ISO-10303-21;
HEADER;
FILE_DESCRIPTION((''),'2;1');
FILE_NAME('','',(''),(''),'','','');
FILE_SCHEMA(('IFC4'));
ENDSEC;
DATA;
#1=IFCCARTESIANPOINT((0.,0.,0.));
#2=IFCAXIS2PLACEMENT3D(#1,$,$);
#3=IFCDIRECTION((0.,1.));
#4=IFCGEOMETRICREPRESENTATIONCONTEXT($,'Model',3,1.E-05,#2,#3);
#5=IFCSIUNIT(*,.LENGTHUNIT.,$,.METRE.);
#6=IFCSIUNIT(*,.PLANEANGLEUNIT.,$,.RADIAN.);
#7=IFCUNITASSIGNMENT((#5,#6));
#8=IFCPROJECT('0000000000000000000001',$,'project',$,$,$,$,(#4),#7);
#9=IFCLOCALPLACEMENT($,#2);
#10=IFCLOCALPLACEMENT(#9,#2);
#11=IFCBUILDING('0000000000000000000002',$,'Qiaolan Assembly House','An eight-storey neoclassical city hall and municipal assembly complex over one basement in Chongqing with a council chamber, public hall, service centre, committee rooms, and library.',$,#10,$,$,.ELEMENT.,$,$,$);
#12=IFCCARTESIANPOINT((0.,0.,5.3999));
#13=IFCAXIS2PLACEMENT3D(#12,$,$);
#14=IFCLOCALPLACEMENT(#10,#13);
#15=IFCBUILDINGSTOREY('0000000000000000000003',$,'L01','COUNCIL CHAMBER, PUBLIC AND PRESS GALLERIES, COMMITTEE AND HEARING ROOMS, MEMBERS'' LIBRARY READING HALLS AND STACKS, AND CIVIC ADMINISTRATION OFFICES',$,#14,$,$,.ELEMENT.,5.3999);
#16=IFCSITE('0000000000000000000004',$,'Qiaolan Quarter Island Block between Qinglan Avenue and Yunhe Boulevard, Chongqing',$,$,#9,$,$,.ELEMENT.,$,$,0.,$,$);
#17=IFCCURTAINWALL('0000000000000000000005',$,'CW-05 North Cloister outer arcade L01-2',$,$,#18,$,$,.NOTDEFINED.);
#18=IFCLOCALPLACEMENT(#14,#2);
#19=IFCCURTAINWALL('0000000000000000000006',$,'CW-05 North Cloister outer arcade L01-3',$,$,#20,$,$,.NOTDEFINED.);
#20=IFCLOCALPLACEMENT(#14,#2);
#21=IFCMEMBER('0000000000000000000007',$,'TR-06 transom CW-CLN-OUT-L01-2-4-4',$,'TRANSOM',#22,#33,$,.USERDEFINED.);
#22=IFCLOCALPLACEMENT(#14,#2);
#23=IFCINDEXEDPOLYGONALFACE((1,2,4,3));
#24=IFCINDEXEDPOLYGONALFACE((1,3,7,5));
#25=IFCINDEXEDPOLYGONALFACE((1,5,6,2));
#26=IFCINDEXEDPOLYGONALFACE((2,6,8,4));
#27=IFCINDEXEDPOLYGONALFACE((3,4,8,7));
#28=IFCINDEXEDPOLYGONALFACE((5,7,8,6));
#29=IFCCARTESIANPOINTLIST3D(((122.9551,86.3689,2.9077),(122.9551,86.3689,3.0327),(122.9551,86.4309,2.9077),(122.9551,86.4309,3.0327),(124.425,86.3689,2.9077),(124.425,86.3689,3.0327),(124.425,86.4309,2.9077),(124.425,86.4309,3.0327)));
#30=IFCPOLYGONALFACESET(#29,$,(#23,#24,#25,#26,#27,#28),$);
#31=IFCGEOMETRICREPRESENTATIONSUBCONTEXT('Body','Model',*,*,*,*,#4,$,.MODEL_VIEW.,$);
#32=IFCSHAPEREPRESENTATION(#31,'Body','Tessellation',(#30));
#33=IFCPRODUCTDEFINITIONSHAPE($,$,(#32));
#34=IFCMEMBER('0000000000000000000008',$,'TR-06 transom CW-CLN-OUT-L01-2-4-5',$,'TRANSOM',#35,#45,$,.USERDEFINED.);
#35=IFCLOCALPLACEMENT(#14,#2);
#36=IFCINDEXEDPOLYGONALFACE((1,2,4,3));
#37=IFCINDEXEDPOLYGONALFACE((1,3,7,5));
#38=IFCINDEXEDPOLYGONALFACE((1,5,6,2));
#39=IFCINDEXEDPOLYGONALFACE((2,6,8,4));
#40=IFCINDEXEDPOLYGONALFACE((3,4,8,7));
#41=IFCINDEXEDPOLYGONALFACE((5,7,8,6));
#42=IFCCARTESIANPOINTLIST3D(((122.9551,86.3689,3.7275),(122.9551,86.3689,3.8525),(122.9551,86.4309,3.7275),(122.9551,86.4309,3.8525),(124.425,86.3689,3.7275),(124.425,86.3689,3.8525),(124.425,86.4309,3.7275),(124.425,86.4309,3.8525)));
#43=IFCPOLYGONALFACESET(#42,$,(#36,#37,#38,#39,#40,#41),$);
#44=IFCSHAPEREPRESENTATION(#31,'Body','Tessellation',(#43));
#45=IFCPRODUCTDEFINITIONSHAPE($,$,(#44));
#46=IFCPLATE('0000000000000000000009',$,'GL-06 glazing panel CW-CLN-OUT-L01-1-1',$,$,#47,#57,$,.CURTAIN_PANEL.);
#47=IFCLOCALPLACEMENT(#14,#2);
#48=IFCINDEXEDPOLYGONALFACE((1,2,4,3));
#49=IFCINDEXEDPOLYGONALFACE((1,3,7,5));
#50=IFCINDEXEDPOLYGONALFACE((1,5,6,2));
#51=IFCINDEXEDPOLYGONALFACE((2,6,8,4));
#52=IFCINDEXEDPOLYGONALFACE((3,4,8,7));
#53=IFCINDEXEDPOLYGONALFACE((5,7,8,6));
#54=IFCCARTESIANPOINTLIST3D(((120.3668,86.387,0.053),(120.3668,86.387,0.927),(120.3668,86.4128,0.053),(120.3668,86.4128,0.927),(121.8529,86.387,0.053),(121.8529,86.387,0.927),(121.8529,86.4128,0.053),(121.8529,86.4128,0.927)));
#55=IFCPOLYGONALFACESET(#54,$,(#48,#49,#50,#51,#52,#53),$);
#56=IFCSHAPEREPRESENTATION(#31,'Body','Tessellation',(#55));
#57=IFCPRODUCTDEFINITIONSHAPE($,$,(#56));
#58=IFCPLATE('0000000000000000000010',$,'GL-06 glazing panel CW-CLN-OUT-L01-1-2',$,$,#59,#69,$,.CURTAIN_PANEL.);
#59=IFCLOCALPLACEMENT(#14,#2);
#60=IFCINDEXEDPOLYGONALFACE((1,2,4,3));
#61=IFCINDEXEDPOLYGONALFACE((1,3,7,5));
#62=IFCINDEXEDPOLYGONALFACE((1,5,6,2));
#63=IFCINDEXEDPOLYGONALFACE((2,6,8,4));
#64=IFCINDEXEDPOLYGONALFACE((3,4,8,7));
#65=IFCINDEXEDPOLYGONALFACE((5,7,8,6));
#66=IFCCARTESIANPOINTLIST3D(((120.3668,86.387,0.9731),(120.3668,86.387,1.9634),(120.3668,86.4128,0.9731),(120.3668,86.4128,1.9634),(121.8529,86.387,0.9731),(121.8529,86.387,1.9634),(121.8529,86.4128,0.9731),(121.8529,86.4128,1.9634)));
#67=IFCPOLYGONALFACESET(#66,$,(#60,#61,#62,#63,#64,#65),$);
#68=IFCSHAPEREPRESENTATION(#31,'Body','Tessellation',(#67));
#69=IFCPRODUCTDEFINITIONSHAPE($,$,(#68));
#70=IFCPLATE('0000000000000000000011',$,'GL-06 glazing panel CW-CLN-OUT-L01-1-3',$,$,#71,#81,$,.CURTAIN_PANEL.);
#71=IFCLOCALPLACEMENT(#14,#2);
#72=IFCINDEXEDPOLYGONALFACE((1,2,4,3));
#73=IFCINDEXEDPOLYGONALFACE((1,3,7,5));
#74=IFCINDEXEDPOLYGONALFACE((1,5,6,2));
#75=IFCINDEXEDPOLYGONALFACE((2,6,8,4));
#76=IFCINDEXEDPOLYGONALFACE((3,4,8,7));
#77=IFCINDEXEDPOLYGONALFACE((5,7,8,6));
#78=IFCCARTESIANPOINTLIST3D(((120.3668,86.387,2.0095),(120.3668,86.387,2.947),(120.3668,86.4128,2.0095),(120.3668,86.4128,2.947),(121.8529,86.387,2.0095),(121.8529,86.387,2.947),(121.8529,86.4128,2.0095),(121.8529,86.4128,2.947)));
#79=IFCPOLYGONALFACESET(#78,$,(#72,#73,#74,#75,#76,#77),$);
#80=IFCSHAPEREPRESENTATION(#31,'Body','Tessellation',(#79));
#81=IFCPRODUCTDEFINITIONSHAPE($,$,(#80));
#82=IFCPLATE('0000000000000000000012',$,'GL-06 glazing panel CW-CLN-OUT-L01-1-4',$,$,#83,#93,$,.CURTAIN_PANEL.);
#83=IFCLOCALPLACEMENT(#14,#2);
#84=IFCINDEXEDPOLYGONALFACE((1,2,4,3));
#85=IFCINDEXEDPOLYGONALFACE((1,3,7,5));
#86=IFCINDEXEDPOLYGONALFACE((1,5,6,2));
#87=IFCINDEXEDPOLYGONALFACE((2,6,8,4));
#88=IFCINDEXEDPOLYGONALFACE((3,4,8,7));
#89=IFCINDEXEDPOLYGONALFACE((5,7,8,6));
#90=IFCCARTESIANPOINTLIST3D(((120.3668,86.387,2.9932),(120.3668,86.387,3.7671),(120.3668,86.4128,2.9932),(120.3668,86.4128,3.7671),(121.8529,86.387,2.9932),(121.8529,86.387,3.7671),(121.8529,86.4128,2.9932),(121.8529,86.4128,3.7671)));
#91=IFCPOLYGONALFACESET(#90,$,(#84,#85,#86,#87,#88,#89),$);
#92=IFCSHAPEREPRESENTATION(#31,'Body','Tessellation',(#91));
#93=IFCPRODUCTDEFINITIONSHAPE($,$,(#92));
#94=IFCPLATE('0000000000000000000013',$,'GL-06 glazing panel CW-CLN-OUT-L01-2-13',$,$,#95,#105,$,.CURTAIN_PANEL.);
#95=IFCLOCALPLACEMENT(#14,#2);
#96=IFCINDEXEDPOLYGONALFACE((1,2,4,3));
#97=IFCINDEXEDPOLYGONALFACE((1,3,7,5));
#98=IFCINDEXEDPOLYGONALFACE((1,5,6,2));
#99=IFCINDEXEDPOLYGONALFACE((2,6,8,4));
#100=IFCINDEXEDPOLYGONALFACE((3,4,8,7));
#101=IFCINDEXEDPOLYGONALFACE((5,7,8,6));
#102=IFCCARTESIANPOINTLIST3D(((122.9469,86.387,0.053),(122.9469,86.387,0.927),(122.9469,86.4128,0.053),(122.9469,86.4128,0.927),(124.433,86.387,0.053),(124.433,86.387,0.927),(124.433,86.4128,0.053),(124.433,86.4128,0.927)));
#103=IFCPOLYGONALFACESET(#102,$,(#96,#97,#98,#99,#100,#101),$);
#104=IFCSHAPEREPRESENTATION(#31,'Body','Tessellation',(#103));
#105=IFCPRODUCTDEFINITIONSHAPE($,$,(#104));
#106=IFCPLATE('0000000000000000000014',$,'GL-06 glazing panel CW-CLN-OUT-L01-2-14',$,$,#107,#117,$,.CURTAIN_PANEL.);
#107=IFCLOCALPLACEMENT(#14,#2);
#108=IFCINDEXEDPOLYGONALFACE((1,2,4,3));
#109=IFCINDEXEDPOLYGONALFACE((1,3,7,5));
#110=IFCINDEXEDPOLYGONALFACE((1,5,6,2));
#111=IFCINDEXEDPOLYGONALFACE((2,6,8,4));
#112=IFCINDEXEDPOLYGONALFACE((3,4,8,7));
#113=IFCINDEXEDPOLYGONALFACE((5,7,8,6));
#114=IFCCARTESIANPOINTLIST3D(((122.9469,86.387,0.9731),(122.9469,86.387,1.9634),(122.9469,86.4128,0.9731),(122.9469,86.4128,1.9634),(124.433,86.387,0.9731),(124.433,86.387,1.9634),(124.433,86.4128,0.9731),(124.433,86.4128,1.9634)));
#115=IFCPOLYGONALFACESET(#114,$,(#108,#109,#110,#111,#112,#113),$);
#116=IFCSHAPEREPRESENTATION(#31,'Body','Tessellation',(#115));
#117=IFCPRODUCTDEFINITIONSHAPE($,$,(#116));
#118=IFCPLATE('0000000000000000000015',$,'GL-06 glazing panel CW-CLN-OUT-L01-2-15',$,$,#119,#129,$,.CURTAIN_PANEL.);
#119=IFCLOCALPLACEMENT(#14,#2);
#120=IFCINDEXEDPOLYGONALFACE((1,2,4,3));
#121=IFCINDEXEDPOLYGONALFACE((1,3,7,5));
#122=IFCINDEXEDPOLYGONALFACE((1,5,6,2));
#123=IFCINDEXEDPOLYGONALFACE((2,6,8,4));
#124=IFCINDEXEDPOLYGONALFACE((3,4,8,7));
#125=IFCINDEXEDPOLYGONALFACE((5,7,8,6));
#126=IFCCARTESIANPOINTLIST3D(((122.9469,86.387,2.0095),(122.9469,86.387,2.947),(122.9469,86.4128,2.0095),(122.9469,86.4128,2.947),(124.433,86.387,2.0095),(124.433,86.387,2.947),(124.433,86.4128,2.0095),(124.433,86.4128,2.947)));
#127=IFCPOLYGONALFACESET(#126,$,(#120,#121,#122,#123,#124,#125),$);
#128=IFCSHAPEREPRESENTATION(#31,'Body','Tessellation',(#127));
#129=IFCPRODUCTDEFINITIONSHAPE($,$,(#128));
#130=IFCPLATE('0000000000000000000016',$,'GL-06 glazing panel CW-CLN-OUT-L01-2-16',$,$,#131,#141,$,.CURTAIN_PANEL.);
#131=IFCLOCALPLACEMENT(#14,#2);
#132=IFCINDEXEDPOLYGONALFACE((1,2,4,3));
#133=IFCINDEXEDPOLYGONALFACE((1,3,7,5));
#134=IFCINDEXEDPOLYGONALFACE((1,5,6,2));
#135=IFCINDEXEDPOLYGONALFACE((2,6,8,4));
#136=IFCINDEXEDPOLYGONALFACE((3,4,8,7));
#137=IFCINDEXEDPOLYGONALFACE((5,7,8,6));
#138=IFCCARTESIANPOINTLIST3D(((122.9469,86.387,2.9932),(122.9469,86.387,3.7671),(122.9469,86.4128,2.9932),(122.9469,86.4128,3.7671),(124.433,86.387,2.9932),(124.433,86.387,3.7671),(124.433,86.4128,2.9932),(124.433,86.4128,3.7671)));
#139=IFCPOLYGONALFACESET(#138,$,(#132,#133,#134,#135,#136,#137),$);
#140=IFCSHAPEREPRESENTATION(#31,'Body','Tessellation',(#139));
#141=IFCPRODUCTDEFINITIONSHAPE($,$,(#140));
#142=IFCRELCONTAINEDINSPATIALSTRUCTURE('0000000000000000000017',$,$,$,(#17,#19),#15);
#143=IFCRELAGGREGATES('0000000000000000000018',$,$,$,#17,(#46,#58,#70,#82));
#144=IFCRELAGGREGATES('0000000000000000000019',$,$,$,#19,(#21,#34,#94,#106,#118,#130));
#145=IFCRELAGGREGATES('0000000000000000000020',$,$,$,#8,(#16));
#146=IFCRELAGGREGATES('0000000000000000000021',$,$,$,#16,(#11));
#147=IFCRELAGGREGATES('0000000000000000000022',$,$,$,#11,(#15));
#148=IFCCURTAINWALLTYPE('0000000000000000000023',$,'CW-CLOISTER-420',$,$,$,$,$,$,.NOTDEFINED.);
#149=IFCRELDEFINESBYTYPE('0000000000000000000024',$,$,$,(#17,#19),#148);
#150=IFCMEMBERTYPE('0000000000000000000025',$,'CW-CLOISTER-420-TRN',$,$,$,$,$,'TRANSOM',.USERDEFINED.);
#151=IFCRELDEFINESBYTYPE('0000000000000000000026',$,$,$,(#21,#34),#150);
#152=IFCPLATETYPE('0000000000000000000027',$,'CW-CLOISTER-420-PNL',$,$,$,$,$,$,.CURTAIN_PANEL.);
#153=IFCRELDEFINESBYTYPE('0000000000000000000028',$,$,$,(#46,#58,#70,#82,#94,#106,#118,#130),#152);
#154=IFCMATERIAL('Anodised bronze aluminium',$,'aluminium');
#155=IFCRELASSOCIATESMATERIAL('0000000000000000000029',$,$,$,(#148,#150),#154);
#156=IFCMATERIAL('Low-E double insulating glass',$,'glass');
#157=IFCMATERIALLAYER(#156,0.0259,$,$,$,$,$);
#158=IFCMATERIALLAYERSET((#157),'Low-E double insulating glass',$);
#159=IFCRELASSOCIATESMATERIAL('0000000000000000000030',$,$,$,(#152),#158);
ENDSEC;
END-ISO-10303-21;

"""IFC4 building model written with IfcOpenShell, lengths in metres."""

from ifc_helpers import new_model, si_unit, direction, frame, frame_2d, origin, origin_2d, place, context, subcontext, project, spatial, rectangle, extrude, material, layer, layer_set, material_profile, profile_set, type_object, element, aggregate, save


model = new_model("IFC4")

# Units and contexts
model_context = context("Model", 3, precision=1e-05, world=origin(), true_north=direction((0.0, 1.0)))
body_context = subcontext(model_context, "Body", "Model", "MODEL_VIEW")
ifc_project = project(units=[si_unit("LENGTHUNIT", "METRE"), si_unit("PLANEANGLEUNIT", "RADIAN")], contexts=[model_context])

# Site, building, storey
site_placement = place(None, origin())
site = spatial("IfcSite", under=ifc_project, at=site_placement, Name="Qiaolan Quarter Island Block between Qinglan Avenue and Yunhe Boulevard, Chongqing", CompositionType="ELEMENT", RefElevation=0.0)
building_placement = place(site_placement, origin())
building = spatial("IfcBuilding", under=site, at=building_placement, Name="Qiaolan Assembly House", Description="An eight-storey neoclassical city hall and municipal assembly complex over one basement in Chongqing with a council chamber, public hall, service centre, committee rooms, and library.", CompositionType="ELEMENT")
storey_placement = place(building_placement, frame((0.0, 0.0, 5.3999)))
storey = spatial("IfcBuildingStorey", under=building, at=storey_placement, Name="L01", Description="COUNCIL CHAMBER, PUBLIC AND PRESS GALLERIES, COMMITTEE AND HEARING ROOMS, MEMBERS' LIBRARY READING HALLS AND STACKS, AND CIVIC ADMINISTRATION OFFICES", CompositionType="ELEMENT", Elevation=5.3999)

# Curtain wall
ifc_material_1 = material(Name="Anodised bronze aluminium", Category="aluminium")
curtain_wall_type = type_object("IfcCurtainWallType", Name="CW-CLOISTER-420", PredefinedType="NOTDEFINED", material=ifc_material_1)
curtain_wall_1_placement = place(storey_placement, origin())
curtain_wall_1 = element("IfcCurtainWall", 1, at=curtain_wall_1_placement, inside=storey, type_object=curtain_wall_type, Name="CW-05 North Cloister outer arcade L01-2", PredefinedType="NOTDEFINED")

# Curtain wall
curtain_wall_2_placement = place(storey_placement, origin())
curtain_wall_2 = element("IfcCurtainWall", 2, at=curtain_wall_2_placement, inside=storey, type_object=curtain_wall_type, Name="CW-05 North Cloister outer arcade L01-3", PredefinedType="NOTDEFINED")

# Members
ifc_material_profile_1 = material_profile(ifc_material_1, rectangle(XDim=0.062, YDim=0.125, at=origin_2d()), Name="TRN 62x125")
ifc_profile_set_1 = profile_set([ifc_material_profile_1], Name="Anodised bronze aluminium")
member_type_1 = type_object("IfcMemberType", Name="CW-CLOISTER-420-TRN", ElementType="TRANSOM", PredefinedType="USERDEFINED", material=ifc_profile_set_1)
member_1_placement = place(storey_placement, frame((124.425, 86.3999, 2.9702), z_axis=(-1.0, 0.0, 0.0), x_axis=(0.0, -1.0, 0.0)))
member_1 = element("IfcMember", 3, at=member_1_placement, type_object=member_type_1, Name="TR-06 transom CW-CLN-OUT-L01-2-4-4", ObjectType="TRANSOM", PredefinedType="USERDEFINED", context=body_context, shape_type="SweptSolid", body=[
    extrude(rectangle(XDim=0.062, YDim=0.125, at=origin_2d()), origin(), (0.0, 0.0, 1.0), 1.47),
])
member_2_placement = place(storey_placement, frame((124.425, 86.3999, 3.79), z_axis=(-1.0, 0.0, 0.0), x_axis=(0.0, -1.0, 0.0)))
member_2 = element("IfcMember", 4, at=member_2_placement, type_object=member_type_1, Name="TR-06 transom CW-CLN-OUT-L01-2-4-5", ObjectType="TRANSOM", PredefinedType="USERDEFINED", context=body_context, shape_type="SweptSolid", body=[
    extrude(rectangle(XDim=0.062, YDim=0.125, at=origin_2d()), origin(), (0.0, 0.0, 1.0), 1.47),
])

# Plates
ifc_material_2 = material(Name="Low-E double insulating glass", Category="glass")
ifc_layer = layer(ifc_material_2, 0.0259)
ifc_layer_set = layer_set([ifc_layer], Name="Low-E double insulating glass")
plate_type = type_object("IfcPlateType", Name="CW-CLOISTER-420-PNL", PredefinedType="CURTAIN_PANEL", material=ifc_layer_set)
plate_1_placement = place(storey_placement, frame((121.853, 86.3999, 0.053), z_axis=(0.0, 0.0, 1.0), x_axis=(-1.0, 0.0, 0.0)))
plate_1 = element("IfcPlate", 5, at=plate_1_placement, type_object=plate_type, Name="GL-06 glazing panel CW-CLN-OUT-L01-1-1", PredefinedType="CURTAIN_PANEL", context=body_context, shape_type="SweptSolid", body=[
    extrude(rectangle(XDim=1.4861, YDim=0.0259, at=frame_2d((0.7432, 0.0))), origin(), (0.0, 0.0, 1.0), 0.874),
])
plate_2_placement = place(storey_placement, frame((121.853, 86.3999, 0.9731), z_axis=(0.0, 0.0, 1.0), x_axis=(-1.0, 0.0, 0.0)))
plate_2 = element("IfcPlate", 6, at=plate_2_placement, type_object=plate_type, Name="GL-06 glazing panel CW-CLN-OUT-L01-1-2", PredefinedType="CURTAIN_PANEL", context=body_context, shape_type="SweptSolid", body=[
    extrude(rectangle(XDim=1.4861, YDim=0.0259, at=frame_2d((0.7432, 0.0))), origin(), (0.0, 0.0, 1.0), 0.9902),
])
plate_3_placement = place(storey_placement, frame((121.853, 86.3999, 2.0095), z_axis=(0.0, 0.0, 1.0), x_axis=(-1.0, 0.0, 0.0)))
plate_3 = element("IfcPlate", 7, at=plate_3_placement, type_object=plate_type, Name="GL-06 glazing panel CW-CLN-OUT-L01-1-3", PredefinedType="CURTAIN_PANEL", context=body_context, shape_type="SweptSolid", body=[
    extrude(rectangle(XDim=1.4861, YDim=0.0259, at=frame_2d((0.7432, 0.0))), origin(), (0.0, 0.0, 1.0), 0.9375),
])
plate_4_placement = place(storey_placement, frame((121.853, 86.3999, 2.9932), z_axis=(0.0, 0.0, 1.0), x_axis=(-1.0, 0.0, 0.0)))
plate_4 = element("IfcPlate", 8, at=plate_4_placement, type_object=plate_type, Name="GL-06 glazing panel CW-CLN-OUT-L01-1-4", PredefinedType="CURTAIN_PANEL", context=body_context, shape_type="SweptSolid", body=[
    extrude(rectangle(XDim=1.4861, YDim=0.0259, at=frame_2d((0.7432, 0.0))), origin(), (0.0, 0.0, 1.0), 0.7739),
])
aggregate(curtain_wall_1, [plate_1, plate_2, plate_3, plate_4])
plate_5_placement = place(storey_placement, frame((124.4331, 86.3999, 0.053), z_axis=(0.0, 0.0, 1.0), x_axis=(-1.0, 0.0, 0.0)))
plate_5 = element("IfcPlate", 9, at=plate_5_placement, type_object=plate_type, Name="GL-06 glazing panel CW-CLN-OUT-L01-2-13", PredefinedType="CURTAIN_PANEL", context=body_context, shape_type="SweptSolid", body=[
    extrude(rectangle(XDim=1.4861, YDim=0.0259, at=frame_2d((0.7432, 0.0))), origin(), (0.0, 0.0, 1.0), 0.874),
])
plate_6_placement = place(storey_placement, frame((124.4331, 86.3999, 0.9731), z_axis=(0.0, 0.0, 1.0), x_axis=(-1.0, 0.0, 0.0)))
plate_6 = element("IfcPlate", 10, at=plate_6_placement, type_object=plate_type, Name="GL-06 glazing panel CW-CLN-OUT-L01-2-14", PredefinedType="CURTAIN_PANEL", context=body_context, shape_type="SweptSolid", body=[
    extrude(rectangle(XDim=1.4861, YDim=0.0259, at=frame_2d((0.7432, 0.0))), origin(), (0.0, 0.0, 1.0), 0.9902),
])
plate_7_placement = place(storey_placement, frame((124.4331, 86.3999, 2.0095), z_axis=(0.0, 0.0, 1.0), x_axis=(-1.0, 0.0, 0.0)))
plate_7 = element("IfcPlate", 11, at=plate_7_placement, type_object=plate_type, Name="GL-06 glazing panel CW-CLN-OUT-L01-2-15", PredefinedType="CURTAIN_PANEL", context=body_context, shape_type="SweptSolid", body=[
    extrude(rectangle(XDim=1.4861, YDim=0.0259, at=frame_2d((0.7432, 0.0))), origin(), (0.0, 0.0, 1.0), 0.9375),
])
plate_8_placement = place(storey_placement, frame((124.4331, 86.3999, 2.9932), z_axis=(0.0, 0.0, 1.0), x_axis=(-1.0, 0.0, 0.0)))
plate_8 = element("IfcPlate", 12, at=plate_8_placement, type_object=plate_type, Name="GL-06 glazing panel CW-CLN-OUT-L01-2-16", PredefinedType="CURTAIN_PANEL", context=body_context, shape_type="SweptSolid", body=[
    extrude(rectangle(XDim=1.4861, YDim=0.0259, at=frame_2d((0.7432, 0.0))), origin(), (0.0, 0.0, 1.0), 0.7739),
])
aggregate(curtain_wall_2, [member_1, member_2, plate_5, plate_6, plate_7, plate_8])

save(model, "model.ifc")
